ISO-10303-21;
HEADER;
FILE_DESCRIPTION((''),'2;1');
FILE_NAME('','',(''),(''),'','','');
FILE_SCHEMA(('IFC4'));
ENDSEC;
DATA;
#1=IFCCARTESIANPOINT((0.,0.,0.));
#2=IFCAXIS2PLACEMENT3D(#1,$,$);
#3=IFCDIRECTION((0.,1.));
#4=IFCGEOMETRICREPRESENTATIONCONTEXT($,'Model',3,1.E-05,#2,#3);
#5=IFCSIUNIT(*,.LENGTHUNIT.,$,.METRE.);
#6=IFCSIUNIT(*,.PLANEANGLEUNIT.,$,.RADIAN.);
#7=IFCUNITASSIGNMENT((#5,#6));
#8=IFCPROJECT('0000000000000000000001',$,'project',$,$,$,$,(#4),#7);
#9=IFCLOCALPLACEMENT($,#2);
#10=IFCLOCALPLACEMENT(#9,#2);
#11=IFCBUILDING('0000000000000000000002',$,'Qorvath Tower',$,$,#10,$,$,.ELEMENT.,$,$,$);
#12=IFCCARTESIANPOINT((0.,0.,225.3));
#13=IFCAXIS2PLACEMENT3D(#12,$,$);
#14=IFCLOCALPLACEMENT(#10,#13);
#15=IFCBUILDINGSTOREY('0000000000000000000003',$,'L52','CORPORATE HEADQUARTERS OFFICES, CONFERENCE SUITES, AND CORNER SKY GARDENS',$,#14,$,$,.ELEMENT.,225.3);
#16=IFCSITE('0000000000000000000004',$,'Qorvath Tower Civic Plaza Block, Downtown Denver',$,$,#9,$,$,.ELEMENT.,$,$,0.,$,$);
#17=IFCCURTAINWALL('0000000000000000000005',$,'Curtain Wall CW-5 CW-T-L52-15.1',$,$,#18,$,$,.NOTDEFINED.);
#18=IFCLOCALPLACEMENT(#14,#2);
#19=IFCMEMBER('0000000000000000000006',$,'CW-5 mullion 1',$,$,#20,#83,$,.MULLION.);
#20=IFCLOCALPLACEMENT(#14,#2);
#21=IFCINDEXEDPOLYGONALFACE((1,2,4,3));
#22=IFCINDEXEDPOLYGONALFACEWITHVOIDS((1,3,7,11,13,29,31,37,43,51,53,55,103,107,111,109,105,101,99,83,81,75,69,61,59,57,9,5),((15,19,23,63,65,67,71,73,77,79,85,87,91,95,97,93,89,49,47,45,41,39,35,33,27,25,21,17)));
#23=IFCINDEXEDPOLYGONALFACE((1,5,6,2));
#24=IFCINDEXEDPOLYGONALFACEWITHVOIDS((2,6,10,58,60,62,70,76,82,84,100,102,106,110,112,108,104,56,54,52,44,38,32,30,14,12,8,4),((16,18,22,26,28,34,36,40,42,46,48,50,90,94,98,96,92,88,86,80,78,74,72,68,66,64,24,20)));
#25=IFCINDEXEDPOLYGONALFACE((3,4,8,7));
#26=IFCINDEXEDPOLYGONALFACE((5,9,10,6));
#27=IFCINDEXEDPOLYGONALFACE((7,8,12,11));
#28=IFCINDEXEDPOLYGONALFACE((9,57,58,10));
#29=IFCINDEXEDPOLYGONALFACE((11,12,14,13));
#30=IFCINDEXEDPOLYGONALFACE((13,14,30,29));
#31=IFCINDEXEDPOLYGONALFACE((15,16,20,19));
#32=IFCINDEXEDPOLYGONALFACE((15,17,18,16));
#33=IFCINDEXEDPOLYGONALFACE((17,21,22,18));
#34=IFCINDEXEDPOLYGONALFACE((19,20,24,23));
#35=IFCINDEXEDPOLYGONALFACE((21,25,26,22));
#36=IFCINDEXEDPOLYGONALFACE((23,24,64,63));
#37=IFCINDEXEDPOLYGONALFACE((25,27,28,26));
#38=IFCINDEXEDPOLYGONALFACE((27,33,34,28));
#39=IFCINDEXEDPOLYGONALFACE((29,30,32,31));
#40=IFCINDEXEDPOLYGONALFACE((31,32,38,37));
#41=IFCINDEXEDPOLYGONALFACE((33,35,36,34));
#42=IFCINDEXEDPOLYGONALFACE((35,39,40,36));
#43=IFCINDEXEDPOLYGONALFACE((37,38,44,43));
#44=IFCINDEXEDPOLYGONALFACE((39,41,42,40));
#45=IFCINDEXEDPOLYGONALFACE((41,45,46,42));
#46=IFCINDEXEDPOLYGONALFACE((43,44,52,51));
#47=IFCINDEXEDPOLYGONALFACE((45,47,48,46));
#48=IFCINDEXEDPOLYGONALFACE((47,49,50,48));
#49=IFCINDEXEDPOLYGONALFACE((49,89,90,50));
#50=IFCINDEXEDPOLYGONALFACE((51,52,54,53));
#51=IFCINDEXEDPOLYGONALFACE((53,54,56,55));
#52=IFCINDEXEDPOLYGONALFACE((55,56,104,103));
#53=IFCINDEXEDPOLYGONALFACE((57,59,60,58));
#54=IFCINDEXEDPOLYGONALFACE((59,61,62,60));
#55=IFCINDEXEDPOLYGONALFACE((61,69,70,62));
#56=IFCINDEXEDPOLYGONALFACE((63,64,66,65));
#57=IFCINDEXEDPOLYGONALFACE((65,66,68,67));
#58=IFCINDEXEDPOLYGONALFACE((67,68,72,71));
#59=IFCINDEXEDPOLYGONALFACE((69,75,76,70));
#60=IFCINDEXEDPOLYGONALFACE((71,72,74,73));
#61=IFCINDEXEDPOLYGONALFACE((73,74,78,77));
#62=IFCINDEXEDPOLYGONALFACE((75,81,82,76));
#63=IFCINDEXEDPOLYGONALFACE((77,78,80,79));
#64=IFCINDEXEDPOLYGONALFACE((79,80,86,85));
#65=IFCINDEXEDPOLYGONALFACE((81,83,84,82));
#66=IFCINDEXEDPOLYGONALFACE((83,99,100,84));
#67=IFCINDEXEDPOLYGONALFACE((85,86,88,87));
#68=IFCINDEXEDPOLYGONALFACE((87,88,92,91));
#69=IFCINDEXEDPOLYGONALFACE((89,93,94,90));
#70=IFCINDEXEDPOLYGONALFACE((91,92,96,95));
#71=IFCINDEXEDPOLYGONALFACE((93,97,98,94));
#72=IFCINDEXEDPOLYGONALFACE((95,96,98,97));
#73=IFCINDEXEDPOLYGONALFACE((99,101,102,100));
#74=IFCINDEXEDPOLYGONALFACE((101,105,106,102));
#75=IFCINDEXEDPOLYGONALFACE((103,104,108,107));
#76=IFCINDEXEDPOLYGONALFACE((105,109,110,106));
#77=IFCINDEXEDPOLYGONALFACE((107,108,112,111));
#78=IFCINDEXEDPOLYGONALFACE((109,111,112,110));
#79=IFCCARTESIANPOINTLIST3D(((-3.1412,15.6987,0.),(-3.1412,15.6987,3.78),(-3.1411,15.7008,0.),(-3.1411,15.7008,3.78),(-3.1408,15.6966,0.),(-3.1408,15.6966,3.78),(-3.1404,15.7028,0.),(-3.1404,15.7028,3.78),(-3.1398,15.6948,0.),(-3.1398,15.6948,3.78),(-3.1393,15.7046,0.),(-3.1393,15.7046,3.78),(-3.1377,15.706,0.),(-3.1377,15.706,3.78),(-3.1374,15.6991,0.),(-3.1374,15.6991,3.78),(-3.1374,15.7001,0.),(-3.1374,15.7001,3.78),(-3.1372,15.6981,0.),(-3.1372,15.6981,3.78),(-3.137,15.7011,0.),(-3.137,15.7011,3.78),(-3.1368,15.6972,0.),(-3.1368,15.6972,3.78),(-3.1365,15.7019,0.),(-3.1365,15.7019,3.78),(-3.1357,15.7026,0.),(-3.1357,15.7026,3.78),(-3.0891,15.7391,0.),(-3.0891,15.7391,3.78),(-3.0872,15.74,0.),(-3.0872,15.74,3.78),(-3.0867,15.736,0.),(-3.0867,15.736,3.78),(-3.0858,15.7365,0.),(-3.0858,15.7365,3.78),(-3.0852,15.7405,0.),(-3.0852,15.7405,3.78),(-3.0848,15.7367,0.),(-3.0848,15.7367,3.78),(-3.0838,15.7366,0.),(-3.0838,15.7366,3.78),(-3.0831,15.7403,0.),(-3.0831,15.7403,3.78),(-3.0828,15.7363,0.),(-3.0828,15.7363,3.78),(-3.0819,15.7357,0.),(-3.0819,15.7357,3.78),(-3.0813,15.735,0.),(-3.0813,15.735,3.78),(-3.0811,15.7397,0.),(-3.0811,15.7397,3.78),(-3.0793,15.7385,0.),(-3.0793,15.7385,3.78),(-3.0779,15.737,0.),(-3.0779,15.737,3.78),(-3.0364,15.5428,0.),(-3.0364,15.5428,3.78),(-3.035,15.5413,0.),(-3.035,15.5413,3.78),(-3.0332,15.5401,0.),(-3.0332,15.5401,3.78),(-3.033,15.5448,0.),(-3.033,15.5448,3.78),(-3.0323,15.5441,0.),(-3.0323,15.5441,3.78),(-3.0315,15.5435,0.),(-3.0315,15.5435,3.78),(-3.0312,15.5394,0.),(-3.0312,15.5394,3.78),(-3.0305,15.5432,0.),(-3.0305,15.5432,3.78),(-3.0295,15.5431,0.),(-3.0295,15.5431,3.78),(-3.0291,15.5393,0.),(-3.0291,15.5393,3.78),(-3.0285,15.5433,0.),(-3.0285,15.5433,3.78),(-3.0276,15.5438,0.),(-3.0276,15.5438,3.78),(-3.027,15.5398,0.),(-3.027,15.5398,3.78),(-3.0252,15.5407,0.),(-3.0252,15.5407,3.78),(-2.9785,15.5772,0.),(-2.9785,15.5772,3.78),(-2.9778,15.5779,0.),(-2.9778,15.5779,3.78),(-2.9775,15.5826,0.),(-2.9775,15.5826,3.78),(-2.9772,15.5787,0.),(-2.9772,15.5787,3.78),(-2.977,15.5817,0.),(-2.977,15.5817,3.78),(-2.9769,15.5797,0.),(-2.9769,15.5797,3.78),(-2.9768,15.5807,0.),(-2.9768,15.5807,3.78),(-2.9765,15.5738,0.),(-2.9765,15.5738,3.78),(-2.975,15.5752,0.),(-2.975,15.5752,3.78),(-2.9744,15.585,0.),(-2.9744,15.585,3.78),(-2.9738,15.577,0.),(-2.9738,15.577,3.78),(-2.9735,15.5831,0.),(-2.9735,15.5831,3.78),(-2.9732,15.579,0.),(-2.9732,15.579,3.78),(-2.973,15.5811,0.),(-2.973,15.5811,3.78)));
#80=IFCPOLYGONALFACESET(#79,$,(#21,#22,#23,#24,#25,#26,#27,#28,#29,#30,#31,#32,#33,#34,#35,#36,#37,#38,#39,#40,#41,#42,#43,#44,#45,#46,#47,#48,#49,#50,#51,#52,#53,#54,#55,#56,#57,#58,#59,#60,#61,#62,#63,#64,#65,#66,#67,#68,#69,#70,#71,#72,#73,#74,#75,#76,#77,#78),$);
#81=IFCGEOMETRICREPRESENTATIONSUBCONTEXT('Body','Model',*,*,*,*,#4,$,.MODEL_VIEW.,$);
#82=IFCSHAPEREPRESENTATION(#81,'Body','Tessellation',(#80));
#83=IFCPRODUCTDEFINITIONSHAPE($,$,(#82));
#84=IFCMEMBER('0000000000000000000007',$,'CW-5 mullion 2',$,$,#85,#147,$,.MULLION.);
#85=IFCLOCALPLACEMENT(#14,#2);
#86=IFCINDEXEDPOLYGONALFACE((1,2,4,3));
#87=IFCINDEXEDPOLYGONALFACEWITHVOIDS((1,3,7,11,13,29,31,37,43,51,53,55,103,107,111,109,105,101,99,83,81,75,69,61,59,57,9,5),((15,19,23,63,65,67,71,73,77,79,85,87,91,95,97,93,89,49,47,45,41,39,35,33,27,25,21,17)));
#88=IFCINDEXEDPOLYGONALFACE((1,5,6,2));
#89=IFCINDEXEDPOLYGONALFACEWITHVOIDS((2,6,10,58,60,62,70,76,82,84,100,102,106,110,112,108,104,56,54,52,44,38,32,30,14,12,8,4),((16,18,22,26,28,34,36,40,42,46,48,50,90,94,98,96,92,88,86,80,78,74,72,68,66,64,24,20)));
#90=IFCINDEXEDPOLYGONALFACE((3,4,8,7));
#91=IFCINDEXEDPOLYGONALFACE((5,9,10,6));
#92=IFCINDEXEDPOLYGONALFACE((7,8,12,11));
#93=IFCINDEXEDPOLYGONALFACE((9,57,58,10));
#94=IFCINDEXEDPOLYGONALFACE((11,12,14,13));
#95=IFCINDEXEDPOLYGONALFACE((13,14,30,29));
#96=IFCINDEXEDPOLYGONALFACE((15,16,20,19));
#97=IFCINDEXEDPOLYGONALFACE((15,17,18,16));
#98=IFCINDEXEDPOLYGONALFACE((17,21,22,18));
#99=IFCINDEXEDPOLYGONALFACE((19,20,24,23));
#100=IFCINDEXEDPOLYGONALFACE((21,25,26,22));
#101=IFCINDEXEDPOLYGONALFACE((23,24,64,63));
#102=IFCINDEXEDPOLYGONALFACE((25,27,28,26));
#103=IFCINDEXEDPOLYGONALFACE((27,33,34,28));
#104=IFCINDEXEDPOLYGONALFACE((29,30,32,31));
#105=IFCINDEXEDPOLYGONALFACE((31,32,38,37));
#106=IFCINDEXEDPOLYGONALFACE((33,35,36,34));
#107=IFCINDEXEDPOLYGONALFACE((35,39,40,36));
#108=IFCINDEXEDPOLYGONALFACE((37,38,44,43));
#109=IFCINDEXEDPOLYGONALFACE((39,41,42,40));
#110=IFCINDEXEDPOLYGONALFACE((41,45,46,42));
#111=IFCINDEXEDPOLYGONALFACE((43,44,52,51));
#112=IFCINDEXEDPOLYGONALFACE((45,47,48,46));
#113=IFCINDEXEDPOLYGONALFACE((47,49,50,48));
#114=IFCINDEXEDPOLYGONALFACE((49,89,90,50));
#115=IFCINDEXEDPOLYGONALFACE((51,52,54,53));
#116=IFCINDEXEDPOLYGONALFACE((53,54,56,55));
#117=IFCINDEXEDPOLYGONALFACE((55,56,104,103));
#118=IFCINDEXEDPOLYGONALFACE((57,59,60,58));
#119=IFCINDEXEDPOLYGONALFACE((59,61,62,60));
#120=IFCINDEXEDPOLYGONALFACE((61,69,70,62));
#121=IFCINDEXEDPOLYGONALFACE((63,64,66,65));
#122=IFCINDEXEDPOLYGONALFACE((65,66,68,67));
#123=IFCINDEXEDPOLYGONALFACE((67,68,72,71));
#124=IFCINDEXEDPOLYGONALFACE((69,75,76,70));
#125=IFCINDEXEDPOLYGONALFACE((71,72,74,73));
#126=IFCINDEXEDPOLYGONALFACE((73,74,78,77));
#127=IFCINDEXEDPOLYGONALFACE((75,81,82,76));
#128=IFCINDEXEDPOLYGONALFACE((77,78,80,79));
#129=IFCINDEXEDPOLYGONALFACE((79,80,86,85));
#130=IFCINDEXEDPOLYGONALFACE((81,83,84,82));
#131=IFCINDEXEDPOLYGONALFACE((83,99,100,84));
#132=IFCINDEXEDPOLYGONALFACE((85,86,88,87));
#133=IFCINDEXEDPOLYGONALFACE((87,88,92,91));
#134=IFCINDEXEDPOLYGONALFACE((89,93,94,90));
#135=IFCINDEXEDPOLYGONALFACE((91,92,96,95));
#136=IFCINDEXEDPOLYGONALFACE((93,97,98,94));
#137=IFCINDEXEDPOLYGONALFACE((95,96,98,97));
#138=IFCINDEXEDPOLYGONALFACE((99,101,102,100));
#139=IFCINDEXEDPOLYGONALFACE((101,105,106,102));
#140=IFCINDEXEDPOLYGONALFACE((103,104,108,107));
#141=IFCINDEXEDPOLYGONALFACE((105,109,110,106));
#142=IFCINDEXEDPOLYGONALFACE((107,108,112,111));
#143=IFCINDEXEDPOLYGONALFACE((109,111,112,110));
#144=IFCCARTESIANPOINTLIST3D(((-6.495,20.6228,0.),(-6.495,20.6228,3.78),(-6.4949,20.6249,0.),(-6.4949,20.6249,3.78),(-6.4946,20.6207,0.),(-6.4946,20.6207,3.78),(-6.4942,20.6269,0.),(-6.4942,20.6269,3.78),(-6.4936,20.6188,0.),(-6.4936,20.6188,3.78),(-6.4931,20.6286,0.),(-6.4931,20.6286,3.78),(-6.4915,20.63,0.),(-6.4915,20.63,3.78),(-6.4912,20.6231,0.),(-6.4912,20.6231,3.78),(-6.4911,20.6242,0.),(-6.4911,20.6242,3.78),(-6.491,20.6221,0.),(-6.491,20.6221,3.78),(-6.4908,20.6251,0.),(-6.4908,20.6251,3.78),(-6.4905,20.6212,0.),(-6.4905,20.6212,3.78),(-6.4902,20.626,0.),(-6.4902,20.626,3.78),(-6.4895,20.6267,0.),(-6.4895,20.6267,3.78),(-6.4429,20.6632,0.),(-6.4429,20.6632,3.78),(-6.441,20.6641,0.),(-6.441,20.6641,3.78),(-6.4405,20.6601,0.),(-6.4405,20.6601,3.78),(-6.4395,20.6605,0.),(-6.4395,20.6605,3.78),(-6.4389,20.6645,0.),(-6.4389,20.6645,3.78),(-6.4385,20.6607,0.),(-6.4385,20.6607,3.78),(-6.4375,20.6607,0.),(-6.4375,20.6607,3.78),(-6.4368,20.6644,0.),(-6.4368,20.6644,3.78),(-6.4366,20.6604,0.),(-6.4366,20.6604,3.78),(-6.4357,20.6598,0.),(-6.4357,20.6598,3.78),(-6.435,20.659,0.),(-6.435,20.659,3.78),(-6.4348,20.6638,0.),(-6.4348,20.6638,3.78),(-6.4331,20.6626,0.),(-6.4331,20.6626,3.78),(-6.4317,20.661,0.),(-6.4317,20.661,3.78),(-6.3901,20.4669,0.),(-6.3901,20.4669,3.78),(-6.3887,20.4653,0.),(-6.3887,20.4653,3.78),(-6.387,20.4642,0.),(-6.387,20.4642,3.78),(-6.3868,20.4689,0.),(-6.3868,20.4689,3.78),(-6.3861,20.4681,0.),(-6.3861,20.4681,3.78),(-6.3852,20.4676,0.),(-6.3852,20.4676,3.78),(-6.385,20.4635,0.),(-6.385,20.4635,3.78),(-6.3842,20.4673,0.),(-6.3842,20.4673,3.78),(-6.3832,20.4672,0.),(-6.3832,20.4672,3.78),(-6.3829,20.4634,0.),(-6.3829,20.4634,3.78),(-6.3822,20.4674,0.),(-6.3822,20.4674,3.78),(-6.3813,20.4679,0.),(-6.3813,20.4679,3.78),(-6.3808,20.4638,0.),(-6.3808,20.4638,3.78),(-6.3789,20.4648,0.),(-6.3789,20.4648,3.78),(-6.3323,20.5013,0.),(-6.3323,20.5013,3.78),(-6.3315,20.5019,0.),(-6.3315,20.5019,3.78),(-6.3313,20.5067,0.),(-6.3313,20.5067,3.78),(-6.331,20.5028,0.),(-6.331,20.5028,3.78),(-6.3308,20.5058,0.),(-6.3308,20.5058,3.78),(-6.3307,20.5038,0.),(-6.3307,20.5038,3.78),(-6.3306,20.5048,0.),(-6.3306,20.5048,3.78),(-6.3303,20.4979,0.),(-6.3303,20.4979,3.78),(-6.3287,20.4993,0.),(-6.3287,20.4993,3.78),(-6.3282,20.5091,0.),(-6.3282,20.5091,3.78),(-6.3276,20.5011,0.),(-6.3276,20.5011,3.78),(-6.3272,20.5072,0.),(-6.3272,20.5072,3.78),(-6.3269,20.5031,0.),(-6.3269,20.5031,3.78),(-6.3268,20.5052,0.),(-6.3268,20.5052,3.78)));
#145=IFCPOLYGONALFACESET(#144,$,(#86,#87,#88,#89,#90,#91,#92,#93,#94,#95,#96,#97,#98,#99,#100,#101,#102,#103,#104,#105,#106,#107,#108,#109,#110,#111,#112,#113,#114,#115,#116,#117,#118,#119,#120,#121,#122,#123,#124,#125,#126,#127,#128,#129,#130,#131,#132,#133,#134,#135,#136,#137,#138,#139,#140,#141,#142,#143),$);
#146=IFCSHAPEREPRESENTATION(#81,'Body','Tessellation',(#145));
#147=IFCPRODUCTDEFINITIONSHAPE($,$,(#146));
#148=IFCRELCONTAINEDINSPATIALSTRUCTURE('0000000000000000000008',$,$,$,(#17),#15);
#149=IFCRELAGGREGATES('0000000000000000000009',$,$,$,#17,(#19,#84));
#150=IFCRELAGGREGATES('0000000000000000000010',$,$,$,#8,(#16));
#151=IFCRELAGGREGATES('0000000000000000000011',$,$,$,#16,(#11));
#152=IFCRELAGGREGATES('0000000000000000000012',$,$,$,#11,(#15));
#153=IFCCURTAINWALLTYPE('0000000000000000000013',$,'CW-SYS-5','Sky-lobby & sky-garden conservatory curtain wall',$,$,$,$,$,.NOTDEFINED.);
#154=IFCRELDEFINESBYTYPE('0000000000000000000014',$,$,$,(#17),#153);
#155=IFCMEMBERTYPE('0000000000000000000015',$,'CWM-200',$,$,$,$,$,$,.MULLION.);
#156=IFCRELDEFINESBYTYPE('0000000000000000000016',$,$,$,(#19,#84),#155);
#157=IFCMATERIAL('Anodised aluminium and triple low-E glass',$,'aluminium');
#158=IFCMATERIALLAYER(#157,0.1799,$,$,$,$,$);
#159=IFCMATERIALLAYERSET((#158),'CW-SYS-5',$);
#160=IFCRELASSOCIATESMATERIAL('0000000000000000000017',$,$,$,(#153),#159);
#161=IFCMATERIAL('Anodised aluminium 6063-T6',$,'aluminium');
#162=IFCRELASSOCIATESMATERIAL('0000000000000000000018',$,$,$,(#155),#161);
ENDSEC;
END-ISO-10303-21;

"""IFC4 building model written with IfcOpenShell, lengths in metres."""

from ifc_helpers import new_model, si_unit, direction, frame, origin, origin_2d, place, context, subcontext, project, spatial, hollow_rectangle, extrude, material, layer, layer_set, material_profile, profile_set, type_object, element, aggregate, save


model = new_model("IFC4")

# Units and contexts
model_context = context("Model", 3, precision=1e-05, world=origin(), true_north=direction((0.0, 1.0)))
body_context = subcontext(model_context, "Body", "Model", "MODEL_VIEW")
ifc_project = project(units=[si_unit("LENGTHUNIT", "METRE"), si_unit("PLANEANGLEUNIT", "RADIAN")], contexts=[model_context])

# Site, building, storey
site_placement = place(None, origin())
site = spatial("IfcSite", under=ifc_project, at=site_placement, Name="Qorvath Tower Civic Plaza Block, Downtown Denver", CompositionType="ELEMENT", RefElevation=0.0)
building_placement = place(site_placement, origin())
building = spatial("IfcBuilding", under=site, at=building_placement, Name="Qorvath Tower", CompositionType="ELEMENT")
storey_placement = place(building_placement, frame((0.0, 0.0, 225.3)))
storey = spatial("IfcBuildingStorey", under=building, at=storey_placement, Name="L52", Description="CORPORATE HEADQUARTERS OFFICES, CONFERENCE SUITES, AND CORNER SKY GARDENS", CompositionType="ELEMENT", Elevation=225.3)

# Shared definitions
ifc_material_1 = material(Name="Anodised aluminium and triple low-E glass", Category="aluminium")
ifc_layer_1 = layer(ifc_material_1, 0.1799)
ifc_layer_set_1 = layer_set([ifc_layer_1], Name="CW-SYS-5")
curtain_wall_type = type_object("IfcCurtainWallType", Name="CW-SYS-5", Description="Sky-lobby & sky-garden conservatory curtain wall", PredefinedType="NOTDEFINED", material=ifc_layer_set_1)
ifc_material_2 = material(Name="Anodised aluminium 6063-T6", Category="aluminium")
ifc_material_profile_1 = material_profile(ifc_material_2, hollow_rectangle(XDim=0.075, YDim=0.2, WallThickness=0.0039, InnerFilletRadius=0.0039, OuterFilletRadius=0.0081, at=origin_2d()), Name="CWM 200x75")
ifc_profile_set_1 = profile_set([ifc_material_profile_1], Name="Anodised aluminium 6063-T6")
member_type_1 = type_object("IfcMemberType", Name="CWM-200", PredefinedType="MULLION", material=ifc_profile_set_1)

# Curtain wall, members
curtain_wall_1_placement = place(storey_placement, origin())
curtain_wall_1 = element("IfcCurtainWall", 1, at=curtain_wall_1_placement, inside=storey, type_object=curtain_wall_type, Name="Curtain Wall CW-5 CW-T-L52-15.1", PredefinedType="NOTDEFINED")
member_1_placement = place(storey_placement, frame((-3.0571, 15.6399, 0.0), z_axis=(0.0, 0.0, 1.0), x_axis=(-0.826491, -0.56295, 0.0)))
member_1 = element("IfcMember", 2, at=member_1_placement, type_object=member_type_1, Name="CW-5 mullion 1", PredefinedType="MULLION", context=body_context, shape_type="SweptSolid", body=[
    extrude(hollow_rectangle(XDim=0.075, YDim=0.2, WallThickness=0.0039, InnerFilletRadius=0.0039, OuterFilletRadius=0.0081, at=origin_2d()), origin(), (0.0, 0.0, 1.0), 3.78),
])
member_2_placement = place(storey_placement, frame((-6.4109, 20.564, 0.0), z_axis=(0.0, 0.0, 1.0), x_axis=(-0.826491, -0.56295, 0.0)))
member_2 = element("IfcMember", 3, at=member_2_placement, type_object=member_type_1, Name="CW-5 mullion 2", PredefinedType="MULLION", context=body_context, shape_type="SweptSolid", body=[
    extrude(hollow_rectangle(XDim=0.075, YDim=0.2, WallThickness=0.0039, InnerFilletRadius=0.0039, OuterFilletRadius=0.0081, at=origin_2d()), origin(), (0.0, 0.0, 1.0), 3.78),
])

aggregate(curtain_wall_1, [member_1, member_2])

save(model, "model.ifc")
